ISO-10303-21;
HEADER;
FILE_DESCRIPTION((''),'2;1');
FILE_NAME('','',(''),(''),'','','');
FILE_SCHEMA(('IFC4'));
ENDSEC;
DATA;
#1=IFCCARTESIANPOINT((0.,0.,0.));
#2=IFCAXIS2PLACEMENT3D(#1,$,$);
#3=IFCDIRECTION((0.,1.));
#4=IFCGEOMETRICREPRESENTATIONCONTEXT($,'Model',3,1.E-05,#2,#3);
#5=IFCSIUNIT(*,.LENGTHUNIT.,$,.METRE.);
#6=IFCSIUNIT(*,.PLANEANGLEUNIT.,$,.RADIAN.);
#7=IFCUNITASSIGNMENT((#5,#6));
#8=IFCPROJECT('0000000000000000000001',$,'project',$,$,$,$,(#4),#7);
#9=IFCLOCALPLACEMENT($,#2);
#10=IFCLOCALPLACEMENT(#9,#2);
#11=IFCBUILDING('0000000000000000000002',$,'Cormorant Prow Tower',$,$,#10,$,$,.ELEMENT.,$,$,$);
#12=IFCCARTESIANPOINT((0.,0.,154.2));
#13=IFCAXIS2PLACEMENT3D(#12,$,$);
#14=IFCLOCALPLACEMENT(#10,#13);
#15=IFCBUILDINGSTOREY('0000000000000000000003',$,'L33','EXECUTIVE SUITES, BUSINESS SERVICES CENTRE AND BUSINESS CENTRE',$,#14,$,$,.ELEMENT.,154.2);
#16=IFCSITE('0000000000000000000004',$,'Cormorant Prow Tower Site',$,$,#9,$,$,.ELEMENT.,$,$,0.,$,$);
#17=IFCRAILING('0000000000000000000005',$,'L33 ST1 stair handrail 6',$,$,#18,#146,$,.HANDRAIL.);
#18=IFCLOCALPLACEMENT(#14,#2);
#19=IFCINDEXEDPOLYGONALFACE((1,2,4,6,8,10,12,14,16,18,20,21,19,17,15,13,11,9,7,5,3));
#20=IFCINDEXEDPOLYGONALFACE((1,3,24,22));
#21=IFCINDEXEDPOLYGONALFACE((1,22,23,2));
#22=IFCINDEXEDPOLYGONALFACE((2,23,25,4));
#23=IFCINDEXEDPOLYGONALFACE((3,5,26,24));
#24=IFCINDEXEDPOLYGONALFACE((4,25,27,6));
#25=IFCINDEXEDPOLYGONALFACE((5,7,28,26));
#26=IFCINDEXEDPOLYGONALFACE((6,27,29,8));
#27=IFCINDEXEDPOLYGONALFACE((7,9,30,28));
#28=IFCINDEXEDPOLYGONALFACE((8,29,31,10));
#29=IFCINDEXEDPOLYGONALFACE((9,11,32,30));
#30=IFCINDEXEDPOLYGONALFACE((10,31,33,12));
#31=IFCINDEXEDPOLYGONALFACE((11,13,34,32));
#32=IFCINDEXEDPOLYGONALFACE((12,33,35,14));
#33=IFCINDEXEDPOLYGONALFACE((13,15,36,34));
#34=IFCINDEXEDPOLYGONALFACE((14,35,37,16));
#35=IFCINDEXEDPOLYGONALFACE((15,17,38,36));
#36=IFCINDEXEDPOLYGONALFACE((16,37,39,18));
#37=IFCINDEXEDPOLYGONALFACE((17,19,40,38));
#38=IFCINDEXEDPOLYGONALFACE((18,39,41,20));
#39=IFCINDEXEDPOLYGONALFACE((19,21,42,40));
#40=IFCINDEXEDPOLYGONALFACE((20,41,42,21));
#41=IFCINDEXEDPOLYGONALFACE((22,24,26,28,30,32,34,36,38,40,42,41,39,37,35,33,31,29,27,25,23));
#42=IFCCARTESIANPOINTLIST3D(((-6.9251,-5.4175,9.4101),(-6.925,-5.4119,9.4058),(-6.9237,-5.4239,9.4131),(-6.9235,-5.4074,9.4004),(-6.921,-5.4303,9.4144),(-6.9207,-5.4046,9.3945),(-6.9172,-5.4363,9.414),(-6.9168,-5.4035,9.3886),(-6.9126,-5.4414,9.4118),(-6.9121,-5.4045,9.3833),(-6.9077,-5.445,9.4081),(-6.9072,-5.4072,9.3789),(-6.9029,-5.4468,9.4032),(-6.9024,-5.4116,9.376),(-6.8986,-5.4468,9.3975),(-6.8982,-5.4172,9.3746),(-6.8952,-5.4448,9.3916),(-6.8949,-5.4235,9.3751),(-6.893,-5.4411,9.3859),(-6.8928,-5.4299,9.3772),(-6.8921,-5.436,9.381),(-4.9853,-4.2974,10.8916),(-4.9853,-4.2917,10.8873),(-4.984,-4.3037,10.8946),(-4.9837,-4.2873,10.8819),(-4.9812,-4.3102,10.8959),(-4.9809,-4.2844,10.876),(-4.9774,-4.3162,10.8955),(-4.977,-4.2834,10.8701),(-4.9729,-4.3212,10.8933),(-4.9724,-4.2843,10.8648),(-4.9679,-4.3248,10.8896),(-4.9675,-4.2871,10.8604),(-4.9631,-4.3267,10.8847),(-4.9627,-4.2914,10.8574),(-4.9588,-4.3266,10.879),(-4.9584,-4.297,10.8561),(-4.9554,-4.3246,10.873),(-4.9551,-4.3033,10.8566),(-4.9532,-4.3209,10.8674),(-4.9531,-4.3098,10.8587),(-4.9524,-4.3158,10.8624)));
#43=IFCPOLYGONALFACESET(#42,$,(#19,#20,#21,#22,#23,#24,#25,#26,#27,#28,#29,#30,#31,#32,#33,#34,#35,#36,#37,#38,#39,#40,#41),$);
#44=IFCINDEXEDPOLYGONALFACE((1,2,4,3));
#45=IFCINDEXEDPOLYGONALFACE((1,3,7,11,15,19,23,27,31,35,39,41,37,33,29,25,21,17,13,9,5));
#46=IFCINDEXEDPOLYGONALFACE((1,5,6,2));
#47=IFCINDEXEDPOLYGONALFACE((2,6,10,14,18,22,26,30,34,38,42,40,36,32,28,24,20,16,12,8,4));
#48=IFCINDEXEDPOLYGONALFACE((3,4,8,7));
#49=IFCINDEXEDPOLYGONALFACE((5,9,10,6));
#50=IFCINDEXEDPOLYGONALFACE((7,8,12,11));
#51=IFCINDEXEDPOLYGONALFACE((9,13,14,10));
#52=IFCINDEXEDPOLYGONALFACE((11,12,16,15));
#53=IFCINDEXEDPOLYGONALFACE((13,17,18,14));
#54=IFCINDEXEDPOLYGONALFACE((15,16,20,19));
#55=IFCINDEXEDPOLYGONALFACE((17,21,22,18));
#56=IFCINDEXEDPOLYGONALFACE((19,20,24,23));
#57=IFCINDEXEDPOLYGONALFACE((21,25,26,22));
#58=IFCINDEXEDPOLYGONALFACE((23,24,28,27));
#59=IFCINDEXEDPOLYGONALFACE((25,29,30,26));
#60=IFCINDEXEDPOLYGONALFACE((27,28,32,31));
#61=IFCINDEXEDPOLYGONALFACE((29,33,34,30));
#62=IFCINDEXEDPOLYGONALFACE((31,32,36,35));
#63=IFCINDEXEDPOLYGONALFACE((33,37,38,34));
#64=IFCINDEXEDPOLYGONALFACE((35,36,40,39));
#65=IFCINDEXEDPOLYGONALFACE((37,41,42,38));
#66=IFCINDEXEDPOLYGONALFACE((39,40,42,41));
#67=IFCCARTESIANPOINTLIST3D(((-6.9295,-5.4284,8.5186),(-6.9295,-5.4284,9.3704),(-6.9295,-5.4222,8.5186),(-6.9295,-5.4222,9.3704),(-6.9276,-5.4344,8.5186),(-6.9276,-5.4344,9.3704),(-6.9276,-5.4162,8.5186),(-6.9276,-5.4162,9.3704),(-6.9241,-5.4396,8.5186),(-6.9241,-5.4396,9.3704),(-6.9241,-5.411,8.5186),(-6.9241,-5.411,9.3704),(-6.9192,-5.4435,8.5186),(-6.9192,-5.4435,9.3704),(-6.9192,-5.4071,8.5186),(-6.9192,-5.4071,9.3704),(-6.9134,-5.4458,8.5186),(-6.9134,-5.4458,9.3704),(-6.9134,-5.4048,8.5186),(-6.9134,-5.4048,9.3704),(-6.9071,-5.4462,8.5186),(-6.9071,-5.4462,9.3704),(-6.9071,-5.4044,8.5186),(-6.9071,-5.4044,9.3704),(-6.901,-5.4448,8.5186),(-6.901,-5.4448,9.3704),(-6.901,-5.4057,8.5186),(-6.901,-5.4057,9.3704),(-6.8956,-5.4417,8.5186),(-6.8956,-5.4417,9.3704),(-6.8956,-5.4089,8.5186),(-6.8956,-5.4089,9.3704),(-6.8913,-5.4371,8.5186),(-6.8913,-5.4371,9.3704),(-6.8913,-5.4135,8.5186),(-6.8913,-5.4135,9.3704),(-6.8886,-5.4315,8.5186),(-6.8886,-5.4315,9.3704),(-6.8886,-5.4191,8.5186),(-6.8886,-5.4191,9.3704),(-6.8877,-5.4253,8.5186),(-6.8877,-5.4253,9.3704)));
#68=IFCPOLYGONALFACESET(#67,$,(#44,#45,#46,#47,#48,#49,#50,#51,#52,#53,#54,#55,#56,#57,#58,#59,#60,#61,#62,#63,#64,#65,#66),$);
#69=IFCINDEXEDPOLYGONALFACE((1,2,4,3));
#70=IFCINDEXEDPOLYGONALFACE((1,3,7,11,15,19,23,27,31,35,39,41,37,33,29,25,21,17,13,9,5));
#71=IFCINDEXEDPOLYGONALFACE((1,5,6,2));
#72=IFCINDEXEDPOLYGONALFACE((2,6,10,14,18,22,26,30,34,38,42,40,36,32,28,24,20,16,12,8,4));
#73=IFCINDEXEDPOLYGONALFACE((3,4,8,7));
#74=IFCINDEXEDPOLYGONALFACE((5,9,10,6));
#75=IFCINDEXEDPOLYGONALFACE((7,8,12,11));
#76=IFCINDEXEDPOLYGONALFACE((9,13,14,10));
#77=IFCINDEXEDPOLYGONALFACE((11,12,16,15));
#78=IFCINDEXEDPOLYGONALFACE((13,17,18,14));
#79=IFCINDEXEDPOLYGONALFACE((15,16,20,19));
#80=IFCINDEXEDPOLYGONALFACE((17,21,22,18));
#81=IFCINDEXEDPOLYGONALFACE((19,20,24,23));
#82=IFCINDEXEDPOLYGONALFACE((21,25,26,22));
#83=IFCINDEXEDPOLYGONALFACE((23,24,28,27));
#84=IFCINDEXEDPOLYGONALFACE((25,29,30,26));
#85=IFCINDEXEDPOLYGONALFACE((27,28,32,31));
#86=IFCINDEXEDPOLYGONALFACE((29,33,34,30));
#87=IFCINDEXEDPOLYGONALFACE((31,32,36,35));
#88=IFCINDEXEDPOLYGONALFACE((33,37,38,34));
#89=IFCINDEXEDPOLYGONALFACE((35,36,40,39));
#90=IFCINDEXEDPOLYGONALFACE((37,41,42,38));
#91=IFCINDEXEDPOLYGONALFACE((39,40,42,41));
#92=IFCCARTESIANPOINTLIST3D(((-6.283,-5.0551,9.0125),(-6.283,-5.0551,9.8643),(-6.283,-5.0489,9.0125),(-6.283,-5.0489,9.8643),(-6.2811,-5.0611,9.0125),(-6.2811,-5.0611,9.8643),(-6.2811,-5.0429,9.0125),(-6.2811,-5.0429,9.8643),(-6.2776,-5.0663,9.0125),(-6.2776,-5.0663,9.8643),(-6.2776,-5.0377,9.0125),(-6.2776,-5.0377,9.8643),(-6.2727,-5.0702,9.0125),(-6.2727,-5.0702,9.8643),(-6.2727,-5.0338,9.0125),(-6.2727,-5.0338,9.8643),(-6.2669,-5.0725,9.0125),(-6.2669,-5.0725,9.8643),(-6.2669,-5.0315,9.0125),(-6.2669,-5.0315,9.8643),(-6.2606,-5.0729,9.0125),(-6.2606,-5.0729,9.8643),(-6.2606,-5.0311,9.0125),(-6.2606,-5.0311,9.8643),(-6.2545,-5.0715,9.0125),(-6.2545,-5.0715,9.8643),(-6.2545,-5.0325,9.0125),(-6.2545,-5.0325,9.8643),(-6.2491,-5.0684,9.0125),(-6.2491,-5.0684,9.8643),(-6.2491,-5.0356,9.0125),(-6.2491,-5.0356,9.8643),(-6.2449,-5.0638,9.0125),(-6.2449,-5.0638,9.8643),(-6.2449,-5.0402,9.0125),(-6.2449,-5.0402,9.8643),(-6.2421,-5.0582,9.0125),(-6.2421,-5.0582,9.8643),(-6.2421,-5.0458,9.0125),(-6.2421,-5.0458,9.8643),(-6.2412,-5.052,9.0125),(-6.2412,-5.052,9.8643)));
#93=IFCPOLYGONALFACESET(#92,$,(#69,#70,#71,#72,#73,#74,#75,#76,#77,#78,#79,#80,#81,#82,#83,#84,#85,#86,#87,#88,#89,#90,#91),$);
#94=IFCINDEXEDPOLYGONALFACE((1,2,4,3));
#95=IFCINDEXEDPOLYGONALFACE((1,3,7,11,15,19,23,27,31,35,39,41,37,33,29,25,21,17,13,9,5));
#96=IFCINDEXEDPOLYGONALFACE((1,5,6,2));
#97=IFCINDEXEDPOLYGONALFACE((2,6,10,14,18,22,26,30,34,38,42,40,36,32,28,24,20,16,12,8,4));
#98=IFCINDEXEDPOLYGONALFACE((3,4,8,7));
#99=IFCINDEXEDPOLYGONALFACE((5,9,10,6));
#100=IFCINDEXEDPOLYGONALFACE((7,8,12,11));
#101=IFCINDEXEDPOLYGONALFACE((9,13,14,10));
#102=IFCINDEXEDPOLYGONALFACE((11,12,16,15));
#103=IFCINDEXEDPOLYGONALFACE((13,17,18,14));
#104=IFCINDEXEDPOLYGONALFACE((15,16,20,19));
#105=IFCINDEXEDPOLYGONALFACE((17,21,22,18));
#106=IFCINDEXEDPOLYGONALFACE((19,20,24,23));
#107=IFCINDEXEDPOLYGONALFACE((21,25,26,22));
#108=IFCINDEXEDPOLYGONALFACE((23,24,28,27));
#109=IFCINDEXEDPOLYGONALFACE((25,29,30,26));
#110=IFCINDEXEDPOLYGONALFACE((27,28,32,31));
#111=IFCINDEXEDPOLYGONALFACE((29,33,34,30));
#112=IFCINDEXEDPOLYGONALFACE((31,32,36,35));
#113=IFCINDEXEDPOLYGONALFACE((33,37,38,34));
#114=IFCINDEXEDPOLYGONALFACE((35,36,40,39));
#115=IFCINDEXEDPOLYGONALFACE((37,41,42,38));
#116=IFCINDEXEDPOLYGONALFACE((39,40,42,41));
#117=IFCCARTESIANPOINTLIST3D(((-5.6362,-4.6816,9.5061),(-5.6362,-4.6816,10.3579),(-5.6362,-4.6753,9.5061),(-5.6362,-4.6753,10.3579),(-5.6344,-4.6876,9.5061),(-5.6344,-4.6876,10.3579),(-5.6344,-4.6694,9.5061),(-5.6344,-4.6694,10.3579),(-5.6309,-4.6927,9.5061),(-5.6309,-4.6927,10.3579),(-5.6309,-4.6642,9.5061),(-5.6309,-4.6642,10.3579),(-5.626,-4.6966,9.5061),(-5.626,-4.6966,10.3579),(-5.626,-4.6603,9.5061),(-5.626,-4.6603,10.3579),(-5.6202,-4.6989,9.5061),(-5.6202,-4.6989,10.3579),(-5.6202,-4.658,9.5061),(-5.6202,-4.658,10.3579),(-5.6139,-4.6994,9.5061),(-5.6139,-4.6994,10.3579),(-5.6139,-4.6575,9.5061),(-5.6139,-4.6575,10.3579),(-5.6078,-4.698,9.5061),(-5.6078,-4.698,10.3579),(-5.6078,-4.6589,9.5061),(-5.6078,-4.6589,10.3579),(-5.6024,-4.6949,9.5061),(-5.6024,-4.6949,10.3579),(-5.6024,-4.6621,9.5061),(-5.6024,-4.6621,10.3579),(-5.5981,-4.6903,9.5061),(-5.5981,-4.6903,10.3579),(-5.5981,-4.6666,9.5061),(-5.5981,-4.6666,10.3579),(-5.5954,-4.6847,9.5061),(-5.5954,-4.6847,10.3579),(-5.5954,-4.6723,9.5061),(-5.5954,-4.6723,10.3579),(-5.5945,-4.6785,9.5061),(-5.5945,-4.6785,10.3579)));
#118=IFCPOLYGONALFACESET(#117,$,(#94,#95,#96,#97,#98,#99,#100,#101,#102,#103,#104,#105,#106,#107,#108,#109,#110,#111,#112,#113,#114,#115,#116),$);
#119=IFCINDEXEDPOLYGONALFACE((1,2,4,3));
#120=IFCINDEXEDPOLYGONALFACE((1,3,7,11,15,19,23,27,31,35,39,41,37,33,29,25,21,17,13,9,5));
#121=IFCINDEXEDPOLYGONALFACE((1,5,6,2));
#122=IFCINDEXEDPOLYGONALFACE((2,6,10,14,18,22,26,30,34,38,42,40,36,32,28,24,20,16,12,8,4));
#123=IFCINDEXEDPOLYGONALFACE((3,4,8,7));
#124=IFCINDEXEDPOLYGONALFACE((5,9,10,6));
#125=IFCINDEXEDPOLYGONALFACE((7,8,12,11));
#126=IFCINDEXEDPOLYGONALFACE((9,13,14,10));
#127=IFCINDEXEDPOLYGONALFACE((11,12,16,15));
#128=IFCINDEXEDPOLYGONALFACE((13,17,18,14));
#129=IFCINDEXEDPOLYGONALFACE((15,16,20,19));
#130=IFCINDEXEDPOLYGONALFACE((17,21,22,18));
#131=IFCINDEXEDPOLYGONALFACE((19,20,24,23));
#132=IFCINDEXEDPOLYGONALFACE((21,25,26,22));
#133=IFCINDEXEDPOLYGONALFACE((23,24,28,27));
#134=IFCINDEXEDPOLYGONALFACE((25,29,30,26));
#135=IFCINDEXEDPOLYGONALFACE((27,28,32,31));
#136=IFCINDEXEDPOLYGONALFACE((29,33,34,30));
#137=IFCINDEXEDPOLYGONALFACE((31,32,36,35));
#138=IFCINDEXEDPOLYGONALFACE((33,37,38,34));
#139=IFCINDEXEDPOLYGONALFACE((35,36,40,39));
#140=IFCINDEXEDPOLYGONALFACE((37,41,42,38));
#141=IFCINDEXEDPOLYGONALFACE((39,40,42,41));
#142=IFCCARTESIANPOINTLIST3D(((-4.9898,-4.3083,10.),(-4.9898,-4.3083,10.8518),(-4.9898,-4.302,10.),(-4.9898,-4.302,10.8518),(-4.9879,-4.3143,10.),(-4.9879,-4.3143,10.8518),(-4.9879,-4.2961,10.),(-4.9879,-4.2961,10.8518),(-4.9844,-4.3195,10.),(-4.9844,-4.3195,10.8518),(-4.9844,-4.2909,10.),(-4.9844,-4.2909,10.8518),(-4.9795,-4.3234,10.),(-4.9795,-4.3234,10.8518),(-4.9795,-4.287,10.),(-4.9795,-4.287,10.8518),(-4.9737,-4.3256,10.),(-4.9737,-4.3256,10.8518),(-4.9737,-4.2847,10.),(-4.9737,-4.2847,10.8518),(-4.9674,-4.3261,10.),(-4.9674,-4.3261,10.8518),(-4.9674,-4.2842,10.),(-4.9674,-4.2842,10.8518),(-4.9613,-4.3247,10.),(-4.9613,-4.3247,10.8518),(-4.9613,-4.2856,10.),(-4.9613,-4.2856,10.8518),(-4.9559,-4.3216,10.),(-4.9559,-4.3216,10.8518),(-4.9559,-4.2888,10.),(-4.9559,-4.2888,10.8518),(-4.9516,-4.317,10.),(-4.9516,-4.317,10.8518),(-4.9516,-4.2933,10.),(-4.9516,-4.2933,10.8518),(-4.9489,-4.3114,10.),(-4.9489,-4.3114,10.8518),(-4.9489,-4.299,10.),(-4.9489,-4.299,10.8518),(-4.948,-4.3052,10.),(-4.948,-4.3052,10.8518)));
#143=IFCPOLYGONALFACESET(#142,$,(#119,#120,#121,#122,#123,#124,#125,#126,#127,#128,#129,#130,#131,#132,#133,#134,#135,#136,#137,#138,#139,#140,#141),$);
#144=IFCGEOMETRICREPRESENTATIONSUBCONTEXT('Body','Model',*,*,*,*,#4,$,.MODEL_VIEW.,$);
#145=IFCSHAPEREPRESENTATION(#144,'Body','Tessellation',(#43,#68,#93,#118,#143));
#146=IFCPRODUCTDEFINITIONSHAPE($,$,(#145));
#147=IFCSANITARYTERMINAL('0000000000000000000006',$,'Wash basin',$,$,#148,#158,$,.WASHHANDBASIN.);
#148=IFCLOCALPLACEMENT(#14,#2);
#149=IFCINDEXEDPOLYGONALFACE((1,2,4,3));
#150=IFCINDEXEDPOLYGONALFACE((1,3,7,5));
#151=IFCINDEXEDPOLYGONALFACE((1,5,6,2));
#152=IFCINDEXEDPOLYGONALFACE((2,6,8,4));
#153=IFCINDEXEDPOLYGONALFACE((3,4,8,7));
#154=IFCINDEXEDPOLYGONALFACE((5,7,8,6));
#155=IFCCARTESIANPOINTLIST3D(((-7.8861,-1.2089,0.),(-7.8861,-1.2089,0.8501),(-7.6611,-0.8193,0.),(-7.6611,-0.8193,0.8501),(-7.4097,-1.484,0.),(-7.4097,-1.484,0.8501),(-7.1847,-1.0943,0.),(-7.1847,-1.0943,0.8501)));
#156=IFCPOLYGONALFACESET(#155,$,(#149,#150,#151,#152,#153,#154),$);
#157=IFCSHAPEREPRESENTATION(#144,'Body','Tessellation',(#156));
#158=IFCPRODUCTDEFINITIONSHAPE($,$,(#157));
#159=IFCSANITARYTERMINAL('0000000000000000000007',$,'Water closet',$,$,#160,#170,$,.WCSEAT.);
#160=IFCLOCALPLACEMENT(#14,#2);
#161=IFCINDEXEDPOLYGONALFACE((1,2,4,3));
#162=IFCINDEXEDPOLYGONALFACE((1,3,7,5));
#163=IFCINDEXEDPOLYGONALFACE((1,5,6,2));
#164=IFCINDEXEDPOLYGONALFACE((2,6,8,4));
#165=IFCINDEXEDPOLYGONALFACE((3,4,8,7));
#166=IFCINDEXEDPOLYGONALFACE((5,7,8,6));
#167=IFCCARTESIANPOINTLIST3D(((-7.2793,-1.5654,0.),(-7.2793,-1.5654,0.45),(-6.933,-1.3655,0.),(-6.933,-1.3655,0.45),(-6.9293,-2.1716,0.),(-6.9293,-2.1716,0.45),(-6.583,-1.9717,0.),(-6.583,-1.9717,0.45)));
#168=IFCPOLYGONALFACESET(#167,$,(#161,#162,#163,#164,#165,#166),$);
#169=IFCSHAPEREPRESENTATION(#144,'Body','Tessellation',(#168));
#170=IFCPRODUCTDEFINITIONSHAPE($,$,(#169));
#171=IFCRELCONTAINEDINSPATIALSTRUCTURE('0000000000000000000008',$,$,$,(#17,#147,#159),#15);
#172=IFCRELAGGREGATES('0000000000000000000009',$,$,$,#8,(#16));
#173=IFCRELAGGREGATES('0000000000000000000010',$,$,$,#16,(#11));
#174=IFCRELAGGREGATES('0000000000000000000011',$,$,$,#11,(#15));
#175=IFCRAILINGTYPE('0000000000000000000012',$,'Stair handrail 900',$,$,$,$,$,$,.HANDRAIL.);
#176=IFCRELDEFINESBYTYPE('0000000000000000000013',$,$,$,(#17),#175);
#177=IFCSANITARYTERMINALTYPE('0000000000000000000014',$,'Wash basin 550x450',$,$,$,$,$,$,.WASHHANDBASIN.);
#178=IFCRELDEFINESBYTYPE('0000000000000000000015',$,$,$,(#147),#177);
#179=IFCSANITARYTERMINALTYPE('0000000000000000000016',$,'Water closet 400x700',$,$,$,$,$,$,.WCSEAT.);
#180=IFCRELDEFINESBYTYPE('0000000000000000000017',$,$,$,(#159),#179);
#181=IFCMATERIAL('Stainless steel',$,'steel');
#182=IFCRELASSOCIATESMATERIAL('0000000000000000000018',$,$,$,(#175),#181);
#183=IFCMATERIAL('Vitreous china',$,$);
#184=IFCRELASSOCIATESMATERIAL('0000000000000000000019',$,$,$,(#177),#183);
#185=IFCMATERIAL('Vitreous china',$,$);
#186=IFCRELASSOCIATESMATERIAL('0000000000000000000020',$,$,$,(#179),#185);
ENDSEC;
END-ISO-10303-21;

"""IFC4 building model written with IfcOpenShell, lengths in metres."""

from ifc_helpers import new_model, si_unit, direction, frame, origin, origin_2d, place, context, subcontext, project, spatial, rectangle, circle, extrude, material, type_object, element, save


model = new_model("IFC4")

# Units and contexts
model_context = context("Model", 3, precision=1e-05, world=origin(), true_north=direction((0.0, 1.0)))
body_context = subcontext(model_context, "Body", "Model", "MODEL_VIEW")
ifc_project = project(units=[si_unit("LENGTHUNIT", "METRE"), si_unit("PLANEANGLEUNIT", "RADIAN")], contexts=[model_context])

# Site, building, storey
site_placement = place(None, origin())
site = spatial("IfcSite", under=ifc_project, at=site_placement, Name="Cormorant Prow Tower Site", CompositionType="ELEMENT", RefElevation=0.0)
building_placement = place(site_placement, origin())
building = spatial("IfcBuilding", under=site, at=building_placement, Name="Cormorant Prow Tower", CompositionType="ELEMENT")
storey_placement = place(building_placement, frame((0.0, 0.0, 154.2)))
storey = spatial("IfcBuildingStorey", under=building, at=storey_placement, Name="L33", Description="EXECUTIVE SUITES, BUSINESS SERVICES CENTRE AND BUSINESS CENTRE", CompositionType="ELEMENT", Elevation=154.2)

# Railing
ifc_material_1 = material(Name="Stainless steel", Category="steel")
railing_type = type_object("IfcRailingType", Name="Stair handrail 900", PredefinedType="HANDRAIL", material=ifc_material_1)
railing_1_placement = place(storey_placement, frame((-6.9087, -5.4253, 8.5186)))
element("IfcRailing", 1, at=railing_1_placement, inside=storey, type_object=railing_type, Name="L33 ST1 stair handrail 6", PredefinedType="HANDRAIL", context=body_context, shape_type="SweptSolid", body=[
    extrude(circle(Radius=0.0239, at=origin_2d()), frame((0.0, 0.0, 0.876), z_axis=(0.722292, 0.417102, 0.551651), x_axis=(-0.500078, 0.86598, 0.0)), (0.0, 0.0, 1.0), 2.6855),
    extrude(circle(Radius=0.021, at=origin_2d()), origin(), (0.0, 0.0, 1.0), 0.8518),
    extrude(circle(Radius=0.021, at=origin_2d()), frame((0.6465, 0.3733, 0.4939)), (0.0, 0.0, 1.0), 0.8518),
    extrude(circle(Radius=0.021, at=origin_2d()), frame((1.2932, 0.7468, 0.9875)), (0.0, 0.0, 1.0), 0.8518),
    extrude(circle(Radius=0.021, at=origin_2d()), frame((1.9397, 1.1201, 1.4814)), (0.0, 0.0, 1.0), 0.8518),
])

# Sanitary terminals
ifc_material_2 = material(Name="Vitreous china")
sanitary_terminal_type_1 = type_object("IfcSanitaryTerminalType", Name="Wash basin 550x450", PredefinedType="WASHHANDBASIN", material=ifc_material_2)
sanitary_terminal_1_placement = place(storey_placement, frame((-7.5354, -1.1516, 0.0), z_axis=(0.0, 0.0, 1.0), x_axis=(-0.866034, 0.499985, 0.0)))
element("IfcSanitaryTerminal", 2, at=sanitary_terminal_1_placement, inside=storey, type_object=sanitary_terminal_type_1, Name="Wash basin", PredefinedType="WASHHANDBASIN", context=body_context, shape_type="SweptSolid", body=[
    extrude(rectangle(XDim=0.55, YDim=0.45, at=origin_2d()), origin(), (0.0, 0.0, 1.0), 0.8501),
])
ifc_material_3 = material(Name="Vitreous china")
sanitary_terminal_type_2 = type_object("IfcSanitaryTerminalType", Name="Water closet 400x700", PredefinedType="WCSEAT", material=ifc_material_3)
sanitary_terminal_2_placement = place(storey_placement, frame((-6.9312, -1.7686, 0.0), z_axis=(0.0, 0.0, 1.0), x_axis=(0.866017, 0.500015, 0.0)))
element("IfcSanitaryTerminal", 3, at=sanitary_terminal_2_placement, inside=storey, type_object=sanitary_terminal_type_2, Name="Water closet", PredefinedType="WCSEAT", context=body_context, shape_type="SweptSolid", body=[
    extrude(rectangle(XDim=0.3999, YDim=0.7, at=origin_2d()), origin(), (0.0, 0.0, 1.0), 0.45),
])

save(model, "model.ifc")
